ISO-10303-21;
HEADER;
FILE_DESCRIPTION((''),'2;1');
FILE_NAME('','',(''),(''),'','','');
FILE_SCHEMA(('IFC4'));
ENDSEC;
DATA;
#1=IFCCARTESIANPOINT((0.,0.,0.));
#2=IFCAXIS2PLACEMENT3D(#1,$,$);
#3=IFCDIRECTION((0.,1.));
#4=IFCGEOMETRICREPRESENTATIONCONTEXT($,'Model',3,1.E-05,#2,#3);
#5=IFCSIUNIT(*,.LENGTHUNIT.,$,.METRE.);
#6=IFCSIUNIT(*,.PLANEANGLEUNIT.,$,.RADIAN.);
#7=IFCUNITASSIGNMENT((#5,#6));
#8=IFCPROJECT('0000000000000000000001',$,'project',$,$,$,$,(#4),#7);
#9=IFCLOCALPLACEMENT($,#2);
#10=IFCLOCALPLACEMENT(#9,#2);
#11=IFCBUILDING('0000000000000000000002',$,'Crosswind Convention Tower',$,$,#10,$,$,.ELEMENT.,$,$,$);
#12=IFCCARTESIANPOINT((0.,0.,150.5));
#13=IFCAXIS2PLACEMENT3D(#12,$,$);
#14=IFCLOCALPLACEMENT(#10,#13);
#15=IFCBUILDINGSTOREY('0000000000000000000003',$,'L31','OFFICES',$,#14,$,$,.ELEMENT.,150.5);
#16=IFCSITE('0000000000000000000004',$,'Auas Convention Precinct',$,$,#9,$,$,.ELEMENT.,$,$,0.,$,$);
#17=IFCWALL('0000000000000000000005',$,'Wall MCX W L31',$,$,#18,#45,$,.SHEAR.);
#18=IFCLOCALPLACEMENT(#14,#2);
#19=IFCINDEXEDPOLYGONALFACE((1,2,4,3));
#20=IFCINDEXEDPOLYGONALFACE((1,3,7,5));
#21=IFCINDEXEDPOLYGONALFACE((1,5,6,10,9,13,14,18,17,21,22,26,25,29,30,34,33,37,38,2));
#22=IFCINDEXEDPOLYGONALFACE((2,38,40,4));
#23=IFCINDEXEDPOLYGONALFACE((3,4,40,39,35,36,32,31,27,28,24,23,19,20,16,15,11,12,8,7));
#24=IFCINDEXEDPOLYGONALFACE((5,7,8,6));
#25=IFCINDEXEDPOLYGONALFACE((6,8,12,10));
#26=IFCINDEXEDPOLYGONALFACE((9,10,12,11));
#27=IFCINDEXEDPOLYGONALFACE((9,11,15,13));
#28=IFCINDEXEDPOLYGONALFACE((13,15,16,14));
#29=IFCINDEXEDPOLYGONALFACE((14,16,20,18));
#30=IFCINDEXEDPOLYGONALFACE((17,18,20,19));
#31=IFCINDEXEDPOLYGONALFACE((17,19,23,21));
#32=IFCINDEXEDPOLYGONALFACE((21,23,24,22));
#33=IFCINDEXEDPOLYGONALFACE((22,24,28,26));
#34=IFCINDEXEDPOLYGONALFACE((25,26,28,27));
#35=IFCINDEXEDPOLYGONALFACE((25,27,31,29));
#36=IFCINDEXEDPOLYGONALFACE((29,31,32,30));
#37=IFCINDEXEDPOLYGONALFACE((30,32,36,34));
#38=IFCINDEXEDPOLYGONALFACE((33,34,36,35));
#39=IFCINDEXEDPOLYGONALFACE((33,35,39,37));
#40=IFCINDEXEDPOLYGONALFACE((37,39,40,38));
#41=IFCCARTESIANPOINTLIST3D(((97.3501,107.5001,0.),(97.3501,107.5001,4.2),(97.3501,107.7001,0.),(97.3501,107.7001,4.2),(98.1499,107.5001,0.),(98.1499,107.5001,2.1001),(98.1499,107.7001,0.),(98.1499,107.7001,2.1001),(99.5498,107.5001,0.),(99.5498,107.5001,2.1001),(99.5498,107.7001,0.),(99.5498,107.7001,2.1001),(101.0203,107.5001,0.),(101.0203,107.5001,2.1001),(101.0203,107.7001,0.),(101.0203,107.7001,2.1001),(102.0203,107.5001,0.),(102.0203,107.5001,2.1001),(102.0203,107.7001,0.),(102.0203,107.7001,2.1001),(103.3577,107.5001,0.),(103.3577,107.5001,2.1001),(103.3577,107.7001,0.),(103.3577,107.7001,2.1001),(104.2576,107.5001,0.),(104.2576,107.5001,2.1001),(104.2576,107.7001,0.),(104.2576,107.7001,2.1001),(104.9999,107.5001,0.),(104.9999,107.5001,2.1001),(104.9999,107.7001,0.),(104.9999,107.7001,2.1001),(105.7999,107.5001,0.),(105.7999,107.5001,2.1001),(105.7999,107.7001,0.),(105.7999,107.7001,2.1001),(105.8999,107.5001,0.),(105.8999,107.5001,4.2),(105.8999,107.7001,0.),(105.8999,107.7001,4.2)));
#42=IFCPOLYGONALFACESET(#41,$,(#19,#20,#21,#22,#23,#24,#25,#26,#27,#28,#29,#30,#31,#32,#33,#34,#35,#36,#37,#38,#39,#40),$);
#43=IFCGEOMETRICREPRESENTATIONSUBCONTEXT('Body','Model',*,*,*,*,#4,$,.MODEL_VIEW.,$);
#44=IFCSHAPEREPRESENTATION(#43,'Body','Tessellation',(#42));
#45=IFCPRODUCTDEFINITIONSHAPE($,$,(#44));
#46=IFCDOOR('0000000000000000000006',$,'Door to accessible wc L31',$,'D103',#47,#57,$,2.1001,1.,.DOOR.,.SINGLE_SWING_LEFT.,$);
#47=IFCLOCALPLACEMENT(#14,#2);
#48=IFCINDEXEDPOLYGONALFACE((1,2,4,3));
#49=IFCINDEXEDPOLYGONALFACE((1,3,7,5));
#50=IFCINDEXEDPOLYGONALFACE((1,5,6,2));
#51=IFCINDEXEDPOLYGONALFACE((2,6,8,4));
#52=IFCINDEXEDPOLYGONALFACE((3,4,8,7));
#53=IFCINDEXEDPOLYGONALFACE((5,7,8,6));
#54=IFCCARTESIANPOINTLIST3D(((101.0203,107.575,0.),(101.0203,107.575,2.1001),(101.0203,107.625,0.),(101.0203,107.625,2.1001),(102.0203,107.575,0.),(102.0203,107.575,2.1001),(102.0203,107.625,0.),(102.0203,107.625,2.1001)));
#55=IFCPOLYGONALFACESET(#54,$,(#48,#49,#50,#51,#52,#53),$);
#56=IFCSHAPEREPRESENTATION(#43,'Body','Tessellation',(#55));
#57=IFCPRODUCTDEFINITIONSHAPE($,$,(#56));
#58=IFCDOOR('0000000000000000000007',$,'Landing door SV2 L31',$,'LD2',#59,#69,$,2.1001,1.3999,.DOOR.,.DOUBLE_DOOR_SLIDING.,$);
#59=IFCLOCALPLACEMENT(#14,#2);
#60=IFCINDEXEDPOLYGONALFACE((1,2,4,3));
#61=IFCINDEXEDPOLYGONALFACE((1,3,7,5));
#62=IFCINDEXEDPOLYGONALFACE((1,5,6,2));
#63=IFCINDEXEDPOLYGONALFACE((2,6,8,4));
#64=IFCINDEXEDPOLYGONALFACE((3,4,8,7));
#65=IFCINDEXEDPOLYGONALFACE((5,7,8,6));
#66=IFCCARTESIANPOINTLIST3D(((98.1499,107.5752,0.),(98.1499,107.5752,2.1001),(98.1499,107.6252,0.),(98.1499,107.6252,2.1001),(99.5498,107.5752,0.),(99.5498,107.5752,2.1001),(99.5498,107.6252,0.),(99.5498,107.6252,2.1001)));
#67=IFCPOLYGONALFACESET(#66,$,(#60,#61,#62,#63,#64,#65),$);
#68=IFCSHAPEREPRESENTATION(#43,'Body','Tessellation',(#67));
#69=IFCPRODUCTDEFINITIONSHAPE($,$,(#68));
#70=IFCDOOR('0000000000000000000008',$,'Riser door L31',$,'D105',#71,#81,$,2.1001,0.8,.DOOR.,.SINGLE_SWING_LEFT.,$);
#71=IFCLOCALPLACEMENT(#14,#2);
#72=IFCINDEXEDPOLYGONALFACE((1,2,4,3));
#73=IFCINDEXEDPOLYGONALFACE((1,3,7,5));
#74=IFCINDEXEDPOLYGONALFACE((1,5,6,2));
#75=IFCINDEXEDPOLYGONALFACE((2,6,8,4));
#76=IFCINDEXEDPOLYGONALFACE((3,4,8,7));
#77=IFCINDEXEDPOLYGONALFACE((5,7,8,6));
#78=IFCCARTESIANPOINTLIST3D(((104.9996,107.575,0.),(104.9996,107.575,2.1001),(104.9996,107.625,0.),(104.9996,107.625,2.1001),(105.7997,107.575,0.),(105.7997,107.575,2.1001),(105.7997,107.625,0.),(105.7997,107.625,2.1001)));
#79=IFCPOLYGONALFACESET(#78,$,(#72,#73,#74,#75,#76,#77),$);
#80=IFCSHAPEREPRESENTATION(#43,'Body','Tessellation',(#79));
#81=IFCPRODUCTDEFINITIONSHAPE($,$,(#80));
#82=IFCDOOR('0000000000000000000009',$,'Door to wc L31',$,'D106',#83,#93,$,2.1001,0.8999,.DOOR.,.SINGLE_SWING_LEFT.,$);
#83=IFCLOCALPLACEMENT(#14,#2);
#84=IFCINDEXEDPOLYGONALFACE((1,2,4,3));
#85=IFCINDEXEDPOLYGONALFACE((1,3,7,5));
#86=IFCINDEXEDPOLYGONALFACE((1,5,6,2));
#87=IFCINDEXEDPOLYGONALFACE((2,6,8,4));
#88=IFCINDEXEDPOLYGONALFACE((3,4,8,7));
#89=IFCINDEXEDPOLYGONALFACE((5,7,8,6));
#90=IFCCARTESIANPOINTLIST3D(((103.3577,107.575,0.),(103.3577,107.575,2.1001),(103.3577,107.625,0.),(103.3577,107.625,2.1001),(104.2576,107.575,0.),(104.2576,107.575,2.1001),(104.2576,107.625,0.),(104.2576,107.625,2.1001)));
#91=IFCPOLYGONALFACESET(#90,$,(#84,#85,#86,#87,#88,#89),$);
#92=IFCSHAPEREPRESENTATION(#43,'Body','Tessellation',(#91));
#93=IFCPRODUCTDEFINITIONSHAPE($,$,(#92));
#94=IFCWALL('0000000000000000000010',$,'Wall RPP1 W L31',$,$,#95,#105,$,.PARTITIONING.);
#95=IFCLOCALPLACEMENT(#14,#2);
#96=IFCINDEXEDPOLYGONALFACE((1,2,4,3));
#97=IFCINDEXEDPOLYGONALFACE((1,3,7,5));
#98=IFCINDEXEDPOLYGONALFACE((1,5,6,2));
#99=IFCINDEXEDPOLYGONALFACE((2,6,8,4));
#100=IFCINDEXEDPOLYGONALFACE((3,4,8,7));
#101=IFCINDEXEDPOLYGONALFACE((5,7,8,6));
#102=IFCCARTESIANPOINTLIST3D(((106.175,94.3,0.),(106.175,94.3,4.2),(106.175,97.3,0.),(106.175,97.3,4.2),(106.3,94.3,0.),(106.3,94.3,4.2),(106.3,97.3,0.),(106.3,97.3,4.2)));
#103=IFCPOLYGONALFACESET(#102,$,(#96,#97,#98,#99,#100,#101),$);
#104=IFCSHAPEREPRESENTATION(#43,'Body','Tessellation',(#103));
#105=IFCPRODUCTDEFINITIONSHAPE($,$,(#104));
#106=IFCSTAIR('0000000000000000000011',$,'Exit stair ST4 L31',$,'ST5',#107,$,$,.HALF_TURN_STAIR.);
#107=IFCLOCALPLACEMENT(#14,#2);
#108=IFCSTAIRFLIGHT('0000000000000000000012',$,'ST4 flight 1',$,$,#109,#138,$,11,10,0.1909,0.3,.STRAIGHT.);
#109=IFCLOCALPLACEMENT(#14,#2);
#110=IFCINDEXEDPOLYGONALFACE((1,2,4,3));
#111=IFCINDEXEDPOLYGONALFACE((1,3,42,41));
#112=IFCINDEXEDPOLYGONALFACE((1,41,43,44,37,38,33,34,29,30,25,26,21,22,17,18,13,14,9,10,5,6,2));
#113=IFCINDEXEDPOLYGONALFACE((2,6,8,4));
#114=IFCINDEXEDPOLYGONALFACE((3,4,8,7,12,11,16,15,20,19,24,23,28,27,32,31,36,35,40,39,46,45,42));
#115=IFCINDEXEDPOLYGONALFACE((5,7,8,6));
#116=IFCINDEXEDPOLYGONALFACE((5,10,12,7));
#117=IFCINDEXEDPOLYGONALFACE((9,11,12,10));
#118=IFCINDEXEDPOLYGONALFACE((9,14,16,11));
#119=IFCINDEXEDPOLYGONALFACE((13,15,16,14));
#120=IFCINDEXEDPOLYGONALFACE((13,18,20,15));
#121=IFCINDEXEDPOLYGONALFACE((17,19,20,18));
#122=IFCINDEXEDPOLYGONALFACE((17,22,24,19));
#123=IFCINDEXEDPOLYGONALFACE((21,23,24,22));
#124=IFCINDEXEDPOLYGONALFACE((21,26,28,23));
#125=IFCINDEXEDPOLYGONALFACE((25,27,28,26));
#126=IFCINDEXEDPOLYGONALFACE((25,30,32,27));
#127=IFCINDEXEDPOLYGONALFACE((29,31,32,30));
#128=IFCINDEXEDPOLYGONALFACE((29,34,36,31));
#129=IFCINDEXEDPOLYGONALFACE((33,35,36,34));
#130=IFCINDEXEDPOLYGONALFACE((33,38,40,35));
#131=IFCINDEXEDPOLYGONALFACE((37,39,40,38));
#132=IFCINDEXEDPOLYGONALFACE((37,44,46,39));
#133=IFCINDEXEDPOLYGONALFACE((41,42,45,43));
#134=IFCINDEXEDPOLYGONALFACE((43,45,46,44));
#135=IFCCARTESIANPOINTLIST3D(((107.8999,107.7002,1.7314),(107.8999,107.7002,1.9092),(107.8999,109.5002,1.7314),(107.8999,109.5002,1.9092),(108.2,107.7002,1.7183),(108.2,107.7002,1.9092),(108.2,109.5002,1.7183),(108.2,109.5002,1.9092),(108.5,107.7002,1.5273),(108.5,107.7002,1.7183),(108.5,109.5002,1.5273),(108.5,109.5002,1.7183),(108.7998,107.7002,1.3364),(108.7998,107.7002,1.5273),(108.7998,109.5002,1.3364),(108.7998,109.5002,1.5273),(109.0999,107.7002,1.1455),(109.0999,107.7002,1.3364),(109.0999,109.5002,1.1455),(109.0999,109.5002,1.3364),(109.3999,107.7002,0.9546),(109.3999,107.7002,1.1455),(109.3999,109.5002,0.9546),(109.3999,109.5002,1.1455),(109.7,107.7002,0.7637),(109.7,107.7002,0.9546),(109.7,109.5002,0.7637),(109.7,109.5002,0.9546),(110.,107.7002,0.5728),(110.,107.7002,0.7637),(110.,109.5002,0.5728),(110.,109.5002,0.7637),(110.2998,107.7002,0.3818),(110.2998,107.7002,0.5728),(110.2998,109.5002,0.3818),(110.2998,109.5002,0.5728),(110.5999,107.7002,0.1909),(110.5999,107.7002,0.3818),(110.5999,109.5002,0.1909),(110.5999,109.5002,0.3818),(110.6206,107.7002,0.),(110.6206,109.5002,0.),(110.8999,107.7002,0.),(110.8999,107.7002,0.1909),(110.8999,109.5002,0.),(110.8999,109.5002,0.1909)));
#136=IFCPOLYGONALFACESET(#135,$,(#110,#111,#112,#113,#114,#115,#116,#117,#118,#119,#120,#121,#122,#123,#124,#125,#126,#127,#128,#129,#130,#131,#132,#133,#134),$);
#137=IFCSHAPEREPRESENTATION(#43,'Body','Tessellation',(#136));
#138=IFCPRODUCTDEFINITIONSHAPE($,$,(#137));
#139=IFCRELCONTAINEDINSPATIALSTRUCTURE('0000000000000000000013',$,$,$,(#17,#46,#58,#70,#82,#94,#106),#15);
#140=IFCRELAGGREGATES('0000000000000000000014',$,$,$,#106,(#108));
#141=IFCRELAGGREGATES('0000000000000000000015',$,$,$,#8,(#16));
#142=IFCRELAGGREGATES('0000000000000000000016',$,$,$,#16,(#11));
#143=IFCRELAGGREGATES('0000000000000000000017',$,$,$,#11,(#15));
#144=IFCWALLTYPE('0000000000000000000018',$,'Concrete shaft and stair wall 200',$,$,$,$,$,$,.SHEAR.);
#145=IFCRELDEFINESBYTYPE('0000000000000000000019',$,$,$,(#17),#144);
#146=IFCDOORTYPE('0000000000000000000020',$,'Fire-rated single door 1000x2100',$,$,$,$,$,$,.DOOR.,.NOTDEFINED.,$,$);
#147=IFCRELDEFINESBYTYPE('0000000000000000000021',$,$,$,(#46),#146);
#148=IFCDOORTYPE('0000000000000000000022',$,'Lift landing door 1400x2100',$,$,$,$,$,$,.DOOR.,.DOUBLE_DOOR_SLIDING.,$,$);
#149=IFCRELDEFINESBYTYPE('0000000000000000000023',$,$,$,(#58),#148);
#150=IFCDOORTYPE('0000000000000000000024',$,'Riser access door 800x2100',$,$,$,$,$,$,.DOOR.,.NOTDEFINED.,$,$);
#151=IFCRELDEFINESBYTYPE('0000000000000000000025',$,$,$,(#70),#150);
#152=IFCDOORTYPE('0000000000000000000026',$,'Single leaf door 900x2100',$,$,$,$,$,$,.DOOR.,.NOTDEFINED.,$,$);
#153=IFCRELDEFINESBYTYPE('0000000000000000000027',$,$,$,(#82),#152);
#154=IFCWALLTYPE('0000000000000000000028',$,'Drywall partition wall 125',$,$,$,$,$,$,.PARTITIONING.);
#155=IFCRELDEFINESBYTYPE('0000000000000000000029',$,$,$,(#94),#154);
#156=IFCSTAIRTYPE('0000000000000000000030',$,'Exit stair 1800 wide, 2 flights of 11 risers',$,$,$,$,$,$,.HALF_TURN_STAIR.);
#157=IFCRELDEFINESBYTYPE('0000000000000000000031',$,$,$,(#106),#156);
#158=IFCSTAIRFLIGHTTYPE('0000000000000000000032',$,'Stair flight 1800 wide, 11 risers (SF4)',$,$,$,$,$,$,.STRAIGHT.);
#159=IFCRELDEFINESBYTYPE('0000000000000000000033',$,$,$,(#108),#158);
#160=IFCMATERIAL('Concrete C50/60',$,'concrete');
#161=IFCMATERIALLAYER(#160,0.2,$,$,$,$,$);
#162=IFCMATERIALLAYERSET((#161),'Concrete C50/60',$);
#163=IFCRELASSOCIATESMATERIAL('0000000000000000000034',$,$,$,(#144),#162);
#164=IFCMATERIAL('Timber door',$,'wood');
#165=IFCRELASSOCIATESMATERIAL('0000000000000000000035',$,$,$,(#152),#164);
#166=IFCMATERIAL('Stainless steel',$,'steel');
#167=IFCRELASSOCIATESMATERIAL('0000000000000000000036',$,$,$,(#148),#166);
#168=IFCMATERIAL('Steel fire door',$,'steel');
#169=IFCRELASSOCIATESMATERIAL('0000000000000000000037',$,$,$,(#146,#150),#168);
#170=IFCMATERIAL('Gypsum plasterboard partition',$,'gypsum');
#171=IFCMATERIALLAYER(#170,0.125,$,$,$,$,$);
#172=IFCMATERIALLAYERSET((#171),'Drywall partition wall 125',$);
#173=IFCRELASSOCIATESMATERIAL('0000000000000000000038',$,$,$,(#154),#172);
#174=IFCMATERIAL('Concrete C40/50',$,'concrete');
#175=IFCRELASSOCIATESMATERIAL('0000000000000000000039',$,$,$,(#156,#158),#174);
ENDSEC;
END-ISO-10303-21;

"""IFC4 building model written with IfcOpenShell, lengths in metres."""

from ifc_helpers import new_model, si_unit, direction, frame, frame_2d, origin, place, context, subcontext, project, spatial, polyline, rectangle, outline, extrude, material, layer, layer_set, type_object, element, fill, aggregate, save


model = new_model("IFC4")

# Units and contexts
model_context = context("Model", 3, precision=1e-05, world=origin(), true_north=direction((0.0, 1.0)))
body_context = subcontext(model_context, "Body", "Model", "MODEL_VIEW")
ifc_project = project(units=[si_unit("LENGTHUNIT", "METRE"), si_unit("PLANEANGLEUNIT", "RADIAN")], contexts=[model_context])

# Site, building, storey
site_placement = place(None, origin())
site = spatial("IfcSite", under=ifc_project, at=site_placement, Name="Auas Convention Precinct", CompositionType="ELEMENT", RefElevation=0.0)
building_placement = place(site_placement, origin())
building = spatial("IfcBuilding", under=site, at=building_placement, Name="Crosswind Convention Tower", CompositionType="ELEMENT")
storey_placement = place(building_placement, frame((0.0, 0.0, 150.5)))
storey = spatial("IfcBuildingStorey", under=building, at=storey_placement, Name="L31", Description="OFFICES", CompositionType="ELEMENT", Elevation=150.5)

# Shared definitions
ifc_material_1 = material(Name="Concrete C50/60", Category="concrete")
ifc_layer_1 = layer(ifc_material_1, 0.2)
ifc_layer_set_1 = layer_set([ifc_layer_1], Name="Concrete C50/60")
wall_type_1 = type_object("IfcWallType", Name="Concrete shaft and stair wall 200", PredefinedType="SHEAR", material=ifc_layer_set_1)

# Shared definitions
ifc_material_2 = material(Name="Timber door", Category="wood")
door_type_1 = type_object("IfcDoorType", Name="Single leaf door 900x2100", OperationType="NOTDEFINED", PredefinedType="DOOR", material=ifc_material_2)

# Wall, openings, doors
ifc_material_3 = material(Name="Stainless steel", Category="steel")
door_type_2 = type_object("IfcDoorType", Name="Lift landing door 1400x2100", OperationType="DOUBLE_DOOR_SLIDING", PredefinedType="DOOR", material=ifc_material_3)
wall_1_placement = place(storey_placement, frame((105.8999, 107.6001, 0.0), z_axis=(0.0, 0.0, 1.0), x_axis=(-1.0, 0.0, 0.0)))
wall_1 = element("IfcWall", 1, at=wall_1_placement, inside=storey, type_object=wall_type_1, Name="Wall MCX W L31", PredefinedType="SHEAR", context=body_context, shape_type="SweptSolid", body=[
    extrude(rectangle(XDim=8.5498, YDim=0.2, at=frame_2d((4.2749, 0.0))), origin(), (0.0, 0.0, 1.0), 4.2),
])
opening_1_placement = place(wall_1_placement, frame((0.1001, 0.0, 0.0)))
opening_1 = element("IfcOpeningElement", 2, at=opening_1_placement, cuts=wall_1, PredefinedType="OPENING", context=body_context, shape_type="SweptSolid", body=[
    extrude(rectangle(XDim=0.8, YDim=2.1001, at=frame_2d((0.3999, 1.05))), frame((0.0, 0.1099, 0.0), z_axis=(0.0, -1.0, 0.0), x_axis=(1.0, 0.0, 0.0)), (0.0, 0.0, 1.0), 0.22),
])
opening_2_placement = place(wall_1_placement, frame((1.6423, 0.0, 0.0)))
opening_2 = element("IfcOpeningElement", 3, at=opening_2_placement, cuts=wall_1, PredefinedType="OPENING", context=body_context, shape_type="SweptSolid", body=[
    extrude(rectangle(XDim=0.8999, YDim=2.1001, at=frame_2d((0.45, 1.05))), frame((0.0, 0.1099, 0.0), z_axis=(0.0, -1.0, 0.0), x_axis=(1.0, 0.0, 0.0)), (0.0, 0.0, 1.0), 0.22),
])
opening_3_placement = place(wall_1_placement, frame((3.8796, 0.0, 0.0)))
opening_3 = element("IfcOpeningElement", 4, at=opening_3_placement, cuts=wall_1, PredefinedType="OPENING", context=body_context, shape_type="SweptSolid", body=[
    extrude(rectangle(XDim=1.0, YDim=2.1001, at=frame_2d((0.5, 1.05))), frame((0.0, 0.1099, 0.0), z_axis=(0.0, -1.0, 0.0), x_axis=(1.0, 0.0, 0.0)), (0.0, 0.0, 1.0), 0.22),
])
opening_4_placement = place(wall_1_placement, frame((6.3501, 0.0, 0.0)))
opening_4 = element("IfcOpeningElement", 5, at=opening_4_placement, cuts=wall_1, PredefinedType="OPENING", context=body_context, shape_type="SweptSolid", body=[
    extrude(rectangle(XDim=1.3999, YDim=2.1001, at=frame_2d((0.7, 1.05))), frame((0.0, 0.1099, 0.0), z_axis=(0.0, -1.0, 0.0), x_axis=(1.0, 0.0, 0.0)), (0.0, 0.0, 1.0), 0.22),
])
ifc_material_4 = material(Name="Steel fire door", Category="steel")
door_type_3 = type_object("IfcDoorType", Name="Fire-rated single door 1000x2100", OperationType="NOTDEFINED", PredefinedType="DOOR", material=ifc_material_4)
door_1_placement = place(opening_3_placement, frame((1.0, 0.0, 0.0), z_axis=(0.0, 0.0, 1.0), x_axis=(-1.0, 0.0, 0.0)))
door_1 = element("IfcDoor", 6, at=door_1_placement, inside=storey, type_object=door_type_3, Name="Door to accessible wc L31", ObjectType="D103", OperationType="SINGLE_SWING_LEFT", OverallHeight=2.1001, OverallWidth=1.0, PredefinedType="DOOR", context=body_context, shape_type="SweptSolid", body=[
    extrude(rectangle(XDim=1.0, YDim=2.1001, at=frame_2d((0.5, 1.05))), frame((0.0, 0.0249, 0.0), z_axis=(0.0, -1.0, 0.0), x_axis=(1.0, 0.0, 0.0)), (0.0, 0.0, 1.0), 0.05),
])
fill(opening_3, door_1)
door_2_placement = place(opening_4_placement, origin())
door_2 = element("IfcDoor", 7, at=door_2_placement, inside=storey, type_object=door_type_2, Name="Landing door SV2 L31", ObjectType="LD2", OperationType="DOUBLE_DOOR_SLIDING", OverallHeight=2.1001, OverallWidth=1.3999, PredefinedType="DOOR", context=body_context, shape_type="SweptSolid", body=[
    extrude(rectangle(XDim=1.3999, YDim=2.1001, at=frame_2d((0.7, 1.05))), frame((0.0, 0.0249, 0.0), z_axis=(0.0, -1.0, 0.0), x_axis=(1.0, 0.0, 0.0)), (0.0, 0.0, 1.0), 0.05),
])
fill(opening_4, door_2)
door_type_4 = type_object("IfcDoorType", Name="Riser access door 800x2100", OperationType="NOTDEFINED", PredefinedType="DOOR", material=ifc_material_4)
door_3_placement = place(opening_1_placement, frame((0.8, 0.0, 0.0), z_axis=(0.0, 0.0, 1.0), x_axis=(-1.0, 0.0, 0.0)))
door_3 = element("IfcDoor", 8, at=door_3_placement, inside=storey, type_object=door_type_4, Name="Riser door L31", ObjectType="D105", OperationType="SINGLE_SWING_LEFT", OverallHeight=2.1001, OverallWidth=0.8, PredefinedType="DOOR", context=body_context, shape_type="SweptSolid", body=[
    extrude(rectangle(XDim=0.8, YDim=2.1001, at=frame_2d((0.3999, 1.05))), frame((0.0, 0.0249, 0.0), z_axis=(0.0, -1.0, 0.0), x_axis=(1.0, 0.0, 0.0)), (0.0, 0.0, 1.0), 0.05),
])
fill(opening_1, door_3)
door_4_placement = place(opening_2_placement, frame((0.8999, 0.0, 0.0), z_axis=(0.0, 0.0, 1.0), x_axis=(-1.0, 0.0, 0.0)))
door_4 = element("IfcDoor", 9, at=door_4_placement, inside=storey, type_object=door_type_1, Name="Door to wc L31", ObjectType="D106", OperationType="SINGLE_SWING_LEFT", OverallHeight=2.1001, OverallWidth=0.8999, PredefinedType="DOOR", context=body_context, shape_type="SweptSolid", body=[
    extrude(rectangle(XDim=0.8999, YDim=2.1001, at=frame_2d((0.45, 1.05))), frame((0.0, 0.0249, 0.0), z_axis=(0.0, -1.0, 0.0), x_axis=(1.0, 0.0, 0.0)), (0.0, 0.0, 1.0), 0.05),
])
fill(opening_2, door_4)

# Wall
ifc_material_5 = material(Name="Gypsum plasterboard partition", Category="gypsum")
ifc_layer_2 = layer(ifc_material_5, 0.125)
ifc_layer_set_2 = layer_set([ifc_layer_2], Name="Drywall partition wall 125")
wall_type_2 = type_object("IfcWallType", Name="Drywall partition wall 125", PredefinedType="PARTITIONING", material=ifc_layer_set_2)
wall_2_placement = place(storey_placement, frame((106.2375, 97.3, 0.0), z_axis=(0.0, 0.0, 1.0), x_axis=(0.0, -1.0, 0.0)))
element("IfcWall", 10, at=wall_2_placement, inside=storey, type_object=wall_type_2, Name="Wall RPP1 W L31", PredefinedType="PARTITIONING", context=body_context, shape_type="SweptSolid", body=[
    extrude(rectangle(XDim=3.0, YDim=0.125, at=frame_2d((1.5, 0.0))), origin(), (0.0, 0.0, 1.0), 4.2),
])

# Stair, stair flight
ifc_material_6 = material(Name="Concrete C40/50", Category="concrete")
stair_type = type_object("IfcStairType", Name="Exit stair 1800 wide, 2 flights of 11 risers", PredefinedType="HALF_TURN_STAIR", material=ifc_material_6)
stair_placement = place(storey_placement, origin())
stair = element("IfcStair", 11, at=stair_placement, inside=storey, type_object=stair_type, Name="Exit stair ST4 L31", ObjectType="ST5", PredefinedType="HALF_TURN_STAIR")
stair_flight_type = type_object("IfcStairFlightType", Name="Stair flight 1800 wide, 11 risers (SF4)", PredefinedType="STRAIGHT", material=ifc_material_6)
stair_flight_1_placement = place(storey_placement, frame((110.8999, 108.6001, 0.0), z_axis=(0.0, 0.0, 1.0), x_axis=(-1.0, 0.0, 0.0)))
stair_flight_1 = element("IfcStairFlight", 12, at=stair_flight_1_placement, type_object=stair_flight_type, Name="ST4 flight 1", NumberOfRisers=11, NumberOfTreads=10, PredefinedType="STRAIGHT", RiserHeight=0.1909, TreadLength=0.3, context=body_context, shape_type="SweptSolid", body=[
    extrude(outline(polyline([(0.0, 0.0), (0.0, 0.1909), (0.3, 0.1909), (0.3, 0.3818), (0.6001, 0.3818), (0.6001, 0.5728), (0.8999, 0.5728), (0.8999, 0.7637), (1.2, 0.7637), (1.2, 0.9546), (1.5, 0.9546), (1.5, 1.1455), (1.8, 1.1455), (1.8, 1.3364), (2.1001, 1.3364), (2.1001, 1.5273), (2.3999, 1.5273), (2.3999, 1.7183), (2.7, 1.7183), (2.7, 1.9092), (3.0, 1.9092), (3.0, 2.1001), (3.0, 1.7314), (0.2793, 0.0), (0.0, 0.0)])), frame((0.0, 0.8999, 0.0), z_axis=(0.0, -1.0, 0.0), x_axis=(1.0, 0.0, 0.0)), (0.0, 0.0, 1.0), 1.8),
])
aggregate(stair, [stair_flight_1])

save(model, "model.ifc")
